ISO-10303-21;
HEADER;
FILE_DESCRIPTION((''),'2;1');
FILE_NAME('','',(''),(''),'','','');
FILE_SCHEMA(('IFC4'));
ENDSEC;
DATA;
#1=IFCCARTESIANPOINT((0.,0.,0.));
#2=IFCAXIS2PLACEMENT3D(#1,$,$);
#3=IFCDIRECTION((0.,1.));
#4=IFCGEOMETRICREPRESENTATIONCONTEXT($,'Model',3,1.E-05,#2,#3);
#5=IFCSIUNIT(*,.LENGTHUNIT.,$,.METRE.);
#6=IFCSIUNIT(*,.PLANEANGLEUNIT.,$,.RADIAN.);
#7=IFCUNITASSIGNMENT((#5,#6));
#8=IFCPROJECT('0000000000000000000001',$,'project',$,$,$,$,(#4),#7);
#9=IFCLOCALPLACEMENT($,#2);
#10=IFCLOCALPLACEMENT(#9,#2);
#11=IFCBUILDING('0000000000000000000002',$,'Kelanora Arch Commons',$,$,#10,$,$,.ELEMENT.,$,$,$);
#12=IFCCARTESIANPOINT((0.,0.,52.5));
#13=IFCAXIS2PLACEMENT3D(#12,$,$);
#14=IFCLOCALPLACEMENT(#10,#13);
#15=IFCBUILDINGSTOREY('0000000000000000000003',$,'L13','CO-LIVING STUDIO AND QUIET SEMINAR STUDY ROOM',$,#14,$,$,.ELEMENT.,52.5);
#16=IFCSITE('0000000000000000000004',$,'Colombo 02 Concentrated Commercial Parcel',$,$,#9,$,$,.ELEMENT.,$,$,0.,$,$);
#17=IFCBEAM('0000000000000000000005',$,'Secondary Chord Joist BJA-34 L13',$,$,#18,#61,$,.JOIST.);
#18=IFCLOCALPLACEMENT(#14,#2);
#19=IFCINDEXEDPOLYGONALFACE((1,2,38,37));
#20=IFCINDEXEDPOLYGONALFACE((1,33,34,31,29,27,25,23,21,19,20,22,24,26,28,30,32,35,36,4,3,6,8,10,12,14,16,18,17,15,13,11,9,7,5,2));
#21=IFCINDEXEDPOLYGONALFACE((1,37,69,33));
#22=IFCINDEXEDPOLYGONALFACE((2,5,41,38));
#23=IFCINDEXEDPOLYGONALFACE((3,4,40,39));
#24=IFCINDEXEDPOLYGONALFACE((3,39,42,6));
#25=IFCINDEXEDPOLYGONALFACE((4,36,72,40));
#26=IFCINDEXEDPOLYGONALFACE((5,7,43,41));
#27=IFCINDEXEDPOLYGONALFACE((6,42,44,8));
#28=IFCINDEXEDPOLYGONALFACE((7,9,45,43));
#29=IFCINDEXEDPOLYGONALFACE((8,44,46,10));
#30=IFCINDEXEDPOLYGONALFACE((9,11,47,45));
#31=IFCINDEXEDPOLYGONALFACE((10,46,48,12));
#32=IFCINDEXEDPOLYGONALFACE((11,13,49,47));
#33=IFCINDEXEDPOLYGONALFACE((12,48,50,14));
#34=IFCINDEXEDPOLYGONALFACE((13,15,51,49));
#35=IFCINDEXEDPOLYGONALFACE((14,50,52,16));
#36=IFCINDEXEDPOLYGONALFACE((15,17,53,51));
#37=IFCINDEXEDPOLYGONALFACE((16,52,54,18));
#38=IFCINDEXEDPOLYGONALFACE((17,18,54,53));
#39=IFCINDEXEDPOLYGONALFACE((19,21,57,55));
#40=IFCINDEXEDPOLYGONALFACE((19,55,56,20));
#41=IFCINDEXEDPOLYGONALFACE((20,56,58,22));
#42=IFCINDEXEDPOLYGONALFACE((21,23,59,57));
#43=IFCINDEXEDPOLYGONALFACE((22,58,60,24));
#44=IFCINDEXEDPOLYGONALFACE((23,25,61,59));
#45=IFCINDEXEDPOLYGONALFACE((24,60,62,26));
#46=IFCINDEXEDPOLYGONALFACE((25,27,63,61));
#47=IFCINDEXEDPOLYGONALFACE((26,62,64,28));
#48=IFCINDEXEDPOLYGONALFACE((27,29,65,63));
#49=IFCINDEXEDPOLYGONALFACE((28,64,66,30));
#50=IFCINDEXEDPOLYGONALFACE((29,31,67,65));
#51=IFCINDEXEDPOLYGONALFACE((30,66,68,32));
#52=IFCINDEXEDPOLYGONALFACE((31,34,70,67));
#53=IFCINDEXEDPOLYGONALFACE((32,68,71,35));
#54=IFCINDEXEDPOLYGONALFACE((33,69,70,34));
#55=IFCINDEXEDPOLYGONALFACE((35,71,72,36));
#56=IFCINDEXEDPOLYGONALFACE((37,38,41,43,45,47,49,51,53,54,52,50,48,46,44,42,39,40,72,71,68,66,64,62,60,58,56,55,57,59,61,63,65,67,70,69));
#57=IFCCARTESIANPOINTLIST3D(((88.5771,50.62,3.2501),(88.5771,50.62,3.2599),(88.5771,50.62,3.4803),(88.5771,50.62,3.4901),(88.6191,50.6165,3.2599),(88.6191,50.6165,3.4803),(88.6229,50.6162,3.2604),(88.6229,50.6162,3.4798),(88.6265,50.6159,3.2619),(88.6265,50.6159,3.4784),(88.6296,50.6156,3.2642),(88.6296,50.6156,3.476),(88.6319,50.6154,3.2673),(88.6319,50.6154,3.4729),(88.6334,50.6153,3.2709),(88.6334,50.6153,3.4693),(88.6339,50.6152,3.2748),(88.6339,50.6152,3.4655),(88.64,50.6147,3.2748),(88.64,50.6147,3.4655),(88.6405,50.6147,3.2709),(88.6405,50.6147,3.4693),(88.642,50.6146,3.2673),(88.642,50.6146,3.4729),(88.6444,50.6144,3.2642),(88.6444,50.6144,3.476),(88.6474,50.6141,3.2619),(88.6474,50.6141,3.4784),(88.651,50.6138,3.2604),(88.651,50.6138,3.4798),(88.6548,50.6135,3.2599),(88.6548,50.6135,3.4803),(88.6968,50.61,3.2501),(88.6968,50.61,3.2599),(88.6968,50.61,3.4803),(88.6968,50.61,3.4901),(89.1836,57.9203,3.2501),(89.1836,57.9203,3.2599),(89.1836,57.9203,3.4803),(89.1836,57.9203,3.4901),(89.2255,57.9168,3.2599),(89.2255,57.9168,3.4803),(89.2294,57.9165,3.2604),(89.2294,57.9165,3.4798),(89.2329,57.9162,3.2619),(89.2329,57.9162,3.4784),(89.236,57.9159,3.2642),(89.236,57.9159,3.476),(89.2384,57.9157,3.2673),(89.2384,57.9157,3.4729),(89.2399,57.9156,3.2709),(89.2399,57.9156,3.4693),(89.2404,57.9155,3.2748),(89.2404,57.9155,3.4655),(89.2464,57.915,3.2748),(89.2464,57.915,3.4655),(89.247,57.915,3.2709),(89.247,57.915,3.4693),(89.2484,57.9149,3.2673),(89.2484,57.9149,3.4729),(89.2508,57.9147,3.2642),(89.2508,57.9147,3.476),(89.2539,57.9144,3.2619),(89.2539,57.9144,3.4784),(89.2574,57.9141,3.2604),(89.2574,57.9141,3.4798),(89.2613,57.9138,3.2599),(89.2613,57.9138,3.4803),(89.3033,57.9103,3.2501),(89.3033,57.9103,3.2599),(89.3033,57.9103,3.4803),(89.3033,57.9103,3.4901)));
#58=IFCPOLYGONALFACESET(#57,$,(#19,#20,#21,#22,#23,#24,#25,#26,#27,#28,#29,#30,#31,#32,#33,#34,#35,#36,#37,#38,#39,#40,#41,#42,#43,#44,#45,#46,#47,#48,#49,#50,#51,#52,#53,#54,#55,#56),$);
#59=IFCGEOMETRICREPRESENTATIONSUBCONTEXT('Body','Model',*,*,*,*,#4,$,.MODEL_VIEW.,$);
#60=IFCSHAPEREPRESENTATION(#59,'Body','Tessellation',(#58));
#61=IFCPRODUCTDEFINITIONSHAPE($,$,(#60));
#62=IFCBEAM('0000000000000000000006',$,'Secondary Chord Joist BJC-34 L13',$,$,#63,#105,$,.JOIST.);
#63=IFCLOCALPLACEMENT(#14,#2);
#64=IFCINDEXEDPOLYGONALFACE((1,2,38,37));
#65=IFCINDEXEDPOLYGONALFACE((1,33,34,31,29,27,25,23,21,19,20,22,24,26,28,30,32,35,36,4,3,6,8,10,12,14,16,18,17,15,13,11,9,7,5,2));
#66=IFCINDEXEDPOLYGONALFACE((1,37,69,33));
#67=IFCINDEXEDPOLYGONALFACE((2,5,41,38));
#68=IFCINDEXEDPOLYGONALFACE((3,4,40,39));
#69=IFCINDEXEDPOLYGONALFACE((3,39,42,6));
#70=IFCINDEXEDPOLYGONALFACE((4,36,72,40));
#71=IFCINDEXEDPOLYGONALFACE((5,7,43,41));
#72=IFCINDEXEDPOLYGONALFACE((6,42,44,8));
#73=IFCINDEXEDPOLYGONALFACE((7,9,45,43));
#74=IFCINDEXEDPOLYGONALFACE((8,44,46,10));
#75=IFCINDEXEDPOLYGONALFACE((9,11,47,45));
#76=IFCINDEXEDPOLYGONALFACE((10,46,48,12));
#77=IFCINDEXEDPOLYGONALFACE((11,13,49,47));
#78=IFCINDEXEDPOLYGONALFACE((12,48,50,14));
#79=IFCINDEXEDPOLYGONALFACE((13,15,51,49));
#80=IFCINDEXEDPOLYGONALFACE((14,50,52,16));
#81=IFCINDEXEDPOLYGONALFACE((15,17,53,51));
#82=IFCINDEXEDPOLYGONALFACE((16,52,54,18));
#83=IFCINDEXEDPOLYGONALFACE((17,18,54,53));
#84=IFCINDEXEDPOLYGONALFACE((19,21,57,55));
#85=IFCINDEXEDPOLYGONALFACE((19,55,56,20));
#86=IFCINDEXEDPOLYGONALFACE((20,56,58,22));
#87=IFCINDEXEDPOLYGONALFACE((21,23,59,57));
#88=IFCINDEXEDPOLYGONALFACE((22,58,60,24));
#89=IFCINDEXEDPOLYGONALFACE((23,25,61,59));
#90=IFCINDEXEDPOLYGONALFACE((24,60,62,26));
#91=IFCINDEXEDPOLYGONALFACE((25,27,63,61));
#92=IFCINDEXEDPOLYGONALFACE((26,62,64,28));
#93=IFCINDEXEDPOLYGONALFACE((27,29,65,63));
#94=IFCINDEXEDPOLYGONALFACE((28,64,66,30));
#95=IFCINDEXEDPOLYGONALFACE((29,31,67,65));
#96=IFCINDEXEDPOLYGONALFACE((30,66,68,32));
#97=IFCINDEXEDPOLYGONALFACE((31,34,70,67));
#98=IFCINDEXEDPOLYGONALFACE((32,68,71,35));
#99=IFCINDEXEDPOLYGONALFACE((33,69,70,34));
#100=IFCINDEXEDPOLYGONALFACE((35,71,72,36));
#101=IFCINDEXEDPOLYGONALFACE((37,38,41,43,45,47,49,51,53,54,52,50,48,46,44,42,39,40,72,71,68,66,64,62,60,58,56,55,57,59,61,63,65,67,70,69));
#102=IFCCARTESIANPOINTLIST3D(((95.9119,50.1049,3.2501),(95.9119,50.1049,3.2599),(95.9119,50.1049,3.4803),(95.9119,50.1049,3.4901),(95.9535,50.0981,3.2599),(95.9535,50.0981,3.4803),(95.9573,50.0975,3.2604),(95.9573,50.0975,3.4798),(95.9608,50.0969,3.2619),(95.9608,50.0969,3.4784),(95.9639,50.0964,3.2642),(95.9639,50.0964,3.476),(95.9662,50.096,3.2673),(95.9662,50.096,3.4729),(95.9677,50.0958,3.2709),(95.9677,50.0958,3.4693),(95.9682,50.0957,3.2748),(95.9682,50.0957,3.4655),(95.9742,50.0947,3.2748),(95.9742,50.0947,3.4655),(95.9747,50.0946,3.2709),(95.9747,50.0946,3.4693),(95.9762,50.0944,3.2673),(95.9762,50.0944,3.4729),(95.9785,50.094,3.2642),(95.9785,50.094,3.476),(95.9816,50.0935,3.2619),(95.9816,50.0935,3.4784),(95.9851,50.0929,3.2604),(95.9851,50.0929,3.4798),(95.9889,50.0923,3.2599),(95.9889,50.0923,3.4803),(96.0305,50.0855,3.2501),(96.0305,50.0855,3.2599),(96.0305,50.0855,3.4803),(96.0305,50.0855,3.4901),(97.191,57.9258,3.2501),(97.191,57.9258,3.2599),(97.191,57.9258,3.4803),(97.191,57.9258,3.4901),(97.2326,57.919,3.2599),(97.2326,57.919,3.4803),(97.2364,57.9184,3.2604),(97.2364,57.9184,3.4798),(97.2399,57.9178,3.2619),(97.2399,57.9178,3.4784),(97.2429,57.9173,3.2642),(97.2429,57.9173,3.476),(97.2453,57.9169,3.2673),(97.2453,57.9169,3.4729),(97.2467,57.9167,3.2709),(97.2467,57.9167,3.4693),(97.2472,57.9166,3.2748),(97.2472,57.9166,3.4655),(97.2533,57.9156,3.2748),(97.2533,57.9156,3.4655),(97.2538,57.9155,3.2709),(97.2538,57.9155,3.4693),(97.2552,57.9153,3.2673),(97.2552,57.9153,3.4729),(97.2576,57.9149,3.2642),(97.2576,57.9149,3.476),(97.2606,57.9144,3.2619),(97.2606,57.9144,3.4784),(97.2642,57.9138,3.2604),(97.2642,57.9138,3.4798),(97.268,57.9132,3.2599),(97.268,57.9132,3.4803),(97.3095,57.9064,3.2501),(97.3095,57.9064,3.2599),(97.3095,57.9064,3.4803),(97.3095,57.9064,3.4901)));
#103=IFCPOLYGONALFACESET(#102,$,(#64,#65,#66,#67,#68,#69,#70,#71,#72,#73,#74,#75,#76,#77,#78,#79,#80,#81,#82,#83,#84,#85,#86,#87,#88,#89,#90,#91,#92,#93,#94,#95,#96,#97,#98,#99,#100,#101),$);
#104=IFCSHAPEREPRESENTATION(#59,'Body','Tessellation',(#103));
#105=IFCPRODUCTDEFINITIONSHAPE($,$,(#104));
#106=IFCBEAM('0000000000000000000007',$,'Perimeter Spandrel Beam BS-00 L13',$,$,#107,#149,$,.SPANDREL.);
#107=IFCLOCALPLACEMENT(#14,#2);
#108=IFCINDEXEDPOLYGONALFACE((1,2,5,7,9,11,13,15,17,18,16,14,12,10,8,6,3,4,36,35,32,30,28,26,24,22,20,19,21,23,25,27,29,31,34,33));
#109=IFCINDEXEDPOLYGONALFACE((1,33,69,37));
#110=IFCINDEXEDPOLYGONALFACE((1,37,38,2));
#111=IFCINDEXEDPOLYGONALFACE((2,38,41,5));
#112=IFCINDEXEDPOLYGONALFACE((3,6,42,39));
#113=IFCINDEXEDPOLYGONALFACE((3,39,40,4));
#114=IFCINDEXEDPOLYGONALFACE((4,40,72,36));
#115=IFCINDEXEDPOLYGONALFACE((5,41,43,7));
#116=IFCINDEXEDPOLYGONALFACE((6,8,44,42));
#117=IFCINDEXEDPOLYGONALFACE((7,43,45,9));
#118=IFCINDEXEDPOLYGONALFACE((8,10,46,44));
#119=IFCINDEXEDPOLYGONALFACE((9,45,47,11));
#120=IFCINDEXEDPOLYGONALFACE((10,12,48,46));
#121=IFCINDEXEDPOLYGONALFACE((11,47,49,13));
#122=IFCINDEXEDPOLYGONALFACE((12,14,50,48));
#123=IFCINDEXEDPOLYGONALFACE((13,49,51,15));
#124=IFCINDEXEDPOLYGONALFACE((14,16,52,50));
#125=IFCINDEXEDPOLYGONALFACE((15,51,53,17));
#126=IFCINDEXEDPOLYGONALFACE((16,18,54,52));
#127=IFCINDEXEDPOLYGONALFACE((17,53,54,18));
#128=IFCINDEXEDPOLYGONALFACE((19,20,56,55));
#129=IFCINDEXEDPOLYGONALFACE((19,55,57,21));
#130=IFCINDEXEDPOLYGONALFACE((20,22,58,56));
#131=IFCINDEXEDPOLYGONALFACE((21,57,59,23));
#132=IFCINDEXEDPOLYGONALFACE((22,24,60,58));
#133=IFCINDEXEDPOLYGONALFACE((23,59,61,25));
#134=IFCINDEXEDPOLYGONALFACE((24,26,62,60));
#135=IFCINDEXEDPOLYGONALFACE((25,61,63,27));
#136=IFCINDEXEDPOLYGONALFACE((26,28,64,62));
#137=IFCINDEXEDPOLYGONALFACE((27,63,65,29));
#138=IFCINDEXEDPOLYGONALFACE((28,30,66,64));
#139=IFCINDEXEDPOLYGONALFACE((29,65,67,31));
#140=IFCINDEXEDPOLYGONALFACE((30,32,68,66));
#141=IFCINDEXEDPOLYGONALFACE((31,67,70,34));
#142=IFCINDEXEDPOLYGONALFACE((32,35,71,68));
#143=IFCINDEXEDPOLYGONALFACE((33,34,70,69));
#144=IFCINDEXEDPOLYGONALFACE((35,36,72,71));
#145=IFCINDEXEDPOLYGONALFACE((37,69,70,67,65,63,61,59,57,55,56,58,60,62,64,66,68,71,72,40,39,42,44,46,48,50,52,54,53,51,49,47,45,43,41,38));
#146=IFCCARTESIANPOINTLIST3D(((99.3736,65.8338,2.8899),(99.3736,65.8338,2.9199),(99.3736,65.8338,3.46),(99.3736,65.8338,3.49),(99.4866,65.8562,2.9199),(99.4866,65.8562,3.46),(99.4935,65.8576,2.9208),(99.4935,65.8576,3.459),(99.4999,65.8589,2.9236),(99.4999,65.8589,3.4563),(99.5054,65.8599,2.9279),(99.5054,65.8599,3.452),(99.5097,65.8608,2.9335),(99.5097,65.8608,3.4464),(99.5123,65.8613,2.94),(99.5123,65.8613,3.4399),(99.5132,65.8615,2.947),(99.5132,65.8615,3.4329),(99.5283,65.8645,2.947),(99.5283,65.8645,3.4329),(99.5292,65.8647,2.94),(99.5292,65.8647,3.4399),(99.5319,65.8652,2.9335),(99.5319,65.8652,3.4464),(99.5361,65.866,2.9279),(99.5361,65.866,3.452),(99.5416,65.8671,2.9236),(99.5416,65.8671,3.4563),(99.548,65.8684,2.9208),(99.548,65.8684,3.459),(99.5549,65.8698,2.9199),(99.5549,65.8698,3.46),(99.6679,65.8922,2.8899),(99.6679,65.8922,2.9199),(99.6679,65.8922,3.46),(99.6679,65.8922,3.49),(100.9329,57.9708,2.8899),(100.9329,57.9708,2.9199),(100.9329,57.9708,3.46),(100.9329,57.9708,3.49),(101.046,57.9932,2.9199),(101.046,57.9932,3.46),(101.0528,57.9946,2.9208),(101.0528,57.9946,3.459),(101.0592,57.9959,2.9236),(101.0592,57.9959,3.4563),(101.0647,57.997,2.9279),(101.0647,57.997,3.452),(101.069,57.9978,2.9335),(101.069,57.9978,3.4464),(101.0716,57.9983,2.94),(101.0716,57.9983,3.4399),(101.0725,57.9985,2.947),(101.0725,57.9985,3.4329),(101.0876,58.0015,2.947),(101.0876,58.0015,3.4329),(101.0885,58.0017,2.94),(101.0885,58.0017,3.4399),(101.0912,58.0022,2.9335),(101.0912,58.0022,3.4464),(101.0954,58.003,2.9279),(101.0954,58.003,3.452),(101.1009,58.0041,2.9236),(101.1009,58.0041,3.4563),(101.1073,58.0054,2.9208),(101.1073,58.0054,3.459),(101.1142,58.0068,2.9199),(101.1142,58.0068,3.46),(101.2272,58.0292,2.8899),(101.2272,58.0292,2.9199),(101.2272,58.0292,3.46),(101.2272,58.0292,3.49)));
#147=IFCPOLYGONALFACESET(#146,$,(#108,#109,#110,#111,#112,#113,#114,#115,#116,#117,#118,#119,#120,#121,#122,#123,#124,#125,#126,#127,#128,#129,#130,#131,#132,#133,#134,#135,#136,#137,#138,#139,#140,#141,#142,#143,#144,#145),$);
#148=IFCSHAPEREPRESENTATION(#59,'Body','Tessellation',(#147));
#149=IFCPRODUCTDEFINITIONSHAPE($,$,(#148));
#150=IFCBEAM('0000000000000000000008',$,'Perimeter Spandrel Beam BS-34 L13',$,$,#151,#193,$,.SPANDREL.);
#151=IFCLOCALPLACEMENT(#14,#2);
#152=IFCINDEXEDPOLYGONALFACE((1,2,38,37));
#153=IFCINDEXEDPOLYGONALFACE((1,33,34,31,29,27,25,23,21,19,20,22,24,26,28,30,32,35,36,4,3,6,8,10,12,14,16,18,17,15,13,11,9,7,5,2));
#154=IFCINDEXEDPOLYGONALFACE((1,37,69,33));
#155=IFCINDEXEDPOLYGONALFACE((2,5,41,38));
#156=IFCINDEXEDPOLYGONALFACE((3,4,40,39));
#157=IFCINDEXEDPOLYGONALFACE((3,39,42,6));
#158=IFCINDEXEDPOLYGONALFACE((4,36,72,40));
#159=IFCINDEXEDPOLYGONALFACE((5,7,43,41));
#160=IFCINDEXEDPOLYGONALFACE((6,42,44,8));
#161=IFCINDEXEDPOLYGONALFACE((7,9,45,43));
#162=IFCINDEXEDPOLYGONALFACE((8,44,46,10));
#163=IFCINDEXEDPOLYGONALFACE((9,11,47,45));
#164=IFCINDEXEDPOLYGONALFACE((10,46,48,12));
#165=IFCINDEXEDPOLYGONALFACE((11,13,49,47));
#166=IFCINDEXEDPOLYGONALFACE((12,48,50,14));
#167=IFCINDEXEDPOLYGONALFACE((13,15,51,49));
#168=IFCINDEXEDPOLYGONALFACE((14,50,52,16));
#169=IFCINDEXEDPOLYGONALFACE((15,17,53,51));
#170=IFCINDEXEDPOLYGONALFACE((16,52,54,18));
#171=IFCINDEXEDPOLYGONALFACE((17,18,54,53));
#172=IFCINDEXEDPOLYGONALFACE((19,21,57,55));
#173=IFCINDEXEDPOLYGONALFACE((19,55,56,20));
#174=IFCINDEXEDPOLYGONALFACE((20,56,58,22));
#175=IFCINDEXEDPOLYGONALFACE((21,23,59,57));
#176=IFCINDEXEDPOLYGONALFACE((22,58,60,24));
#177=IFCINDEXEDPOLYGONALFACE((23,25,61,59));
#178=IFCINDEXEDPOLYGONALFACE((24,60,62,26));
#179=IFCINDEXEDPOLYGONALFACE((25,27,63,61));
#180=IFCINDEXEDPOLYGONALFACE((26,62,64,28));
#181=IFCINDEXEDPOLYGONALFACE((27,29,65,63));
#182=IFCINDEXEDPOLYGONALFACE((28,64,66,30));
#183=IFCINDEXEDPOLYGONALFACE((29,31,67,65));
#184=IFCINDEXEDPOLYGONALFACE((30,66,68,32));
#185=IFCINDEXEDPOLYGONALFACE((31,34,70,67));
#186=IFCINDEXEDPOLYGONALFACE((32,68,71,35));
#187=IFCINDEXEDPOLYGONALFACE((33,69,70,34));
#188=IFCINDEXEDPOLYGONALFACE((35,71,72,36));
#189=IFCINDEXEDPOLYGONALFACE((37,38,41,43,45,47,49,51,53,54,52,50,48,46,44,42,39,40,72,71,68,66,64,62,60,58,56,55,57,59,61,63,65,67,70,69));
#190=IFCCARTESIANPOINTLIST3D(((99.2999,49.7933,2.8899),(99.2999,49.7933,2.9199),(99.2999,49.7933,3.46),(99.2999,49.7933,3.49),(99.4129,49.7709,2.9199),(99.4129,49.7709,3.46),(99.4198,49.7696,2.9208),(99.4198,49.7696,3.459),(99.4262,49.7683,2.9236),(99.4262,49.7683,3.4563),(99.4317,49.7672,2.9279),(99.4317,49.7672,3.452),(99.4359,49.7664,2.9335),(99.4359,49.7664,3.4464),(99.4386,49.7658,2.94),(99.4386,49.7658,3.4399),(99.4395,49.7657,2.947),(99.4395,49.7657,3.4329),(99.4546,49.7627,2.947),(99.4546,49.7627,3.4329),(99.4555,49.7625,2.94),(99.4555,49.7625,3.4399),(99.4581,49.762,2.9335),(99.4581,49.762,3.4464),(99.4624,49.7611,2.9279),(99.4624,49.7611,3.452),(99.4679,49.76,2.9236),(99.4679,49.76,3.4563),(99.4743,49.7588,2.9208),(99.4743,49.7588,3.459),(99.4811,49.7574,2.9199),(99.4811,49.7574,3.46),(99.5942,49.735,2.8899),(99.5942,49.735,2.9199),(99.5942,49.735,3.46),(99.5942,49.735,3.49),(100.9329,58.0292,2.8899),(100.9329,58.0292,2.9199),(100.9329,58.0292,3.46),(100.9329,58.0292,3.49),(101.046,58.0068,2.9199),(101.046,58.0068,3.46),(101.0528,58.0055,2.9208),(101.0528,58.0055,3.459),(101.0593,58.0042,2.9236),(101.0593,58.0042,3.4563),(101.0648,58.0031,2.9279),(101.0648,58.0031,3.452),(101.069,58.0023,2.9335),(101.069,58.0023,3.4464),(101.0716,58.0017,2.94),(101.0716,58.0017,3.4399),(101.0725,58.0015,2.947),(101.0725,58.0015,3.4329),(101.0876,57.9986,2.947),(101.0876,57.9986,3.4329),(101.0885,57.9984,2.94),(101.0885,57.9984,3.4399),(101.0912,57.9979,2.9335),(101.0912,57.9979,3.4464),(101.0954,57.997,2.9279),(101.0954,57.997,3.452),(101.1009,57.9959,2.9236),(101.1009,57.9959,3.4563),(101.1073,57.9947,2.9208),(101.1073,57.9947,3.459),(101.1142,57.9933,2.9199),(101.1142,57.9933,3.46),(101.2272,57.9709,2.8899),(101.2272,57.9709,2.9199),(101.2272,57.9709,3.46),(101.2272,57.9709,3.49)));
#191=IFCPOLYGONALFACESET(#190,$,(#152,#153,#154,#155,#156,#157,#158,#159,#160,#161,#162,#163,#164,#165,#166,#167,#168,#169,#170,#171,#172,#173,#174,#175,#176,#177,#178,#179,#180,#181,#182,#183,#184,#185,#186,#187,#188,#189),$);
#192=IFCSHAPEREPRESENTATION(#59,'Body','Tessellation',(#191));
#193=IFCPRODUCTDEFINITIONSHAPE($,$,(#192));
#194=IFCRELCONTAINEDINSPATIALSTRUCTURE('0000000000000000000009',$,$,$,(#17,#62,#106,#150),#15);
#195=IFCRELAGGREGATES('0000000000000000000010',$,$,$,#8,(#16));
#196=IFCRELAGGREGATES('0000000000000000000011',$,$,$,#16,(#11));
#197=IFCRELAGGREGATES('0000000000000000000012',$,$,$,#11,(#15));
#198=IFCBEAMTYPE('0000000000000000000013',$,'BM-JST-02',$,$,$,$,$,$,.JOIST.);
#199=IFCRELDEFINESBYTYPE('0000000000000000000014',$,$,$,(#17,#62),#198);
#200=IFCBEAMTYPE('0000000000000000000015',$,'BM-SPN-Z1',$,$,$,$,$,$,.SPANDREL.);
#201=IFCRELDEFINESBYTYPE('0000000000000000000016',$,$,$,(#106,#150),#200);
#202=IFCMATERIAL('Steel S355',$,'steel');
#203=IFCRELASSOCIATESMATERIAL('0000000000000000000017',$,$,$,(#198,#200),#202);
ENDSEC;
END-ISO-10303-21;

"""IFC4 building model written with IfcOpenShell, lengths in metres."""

from ifc_helpers import new_model, si_unit, direction, frame, origin, origin_2d, place, context, subcontext, project, spatial, i_section, extrude, material, material_profile, profile_set, type_object, element, save


model = new_model("IFC4")

# Units and contexts
model_context = context("Model", 3, precision=1e-05, world=origin(), true_north=direction((0.0, 1.0)))
body_context = subcontext(model_context, "Body", "Model", "MODEL_VIEW")
ifc_project = project(units=[si_unit("LENGTHUNIT", "METRE"), si_unit("PLANEANGLEUNIT", "RADIAN")], contexts=[model_context])

# Site, building, storey
site_placement = place(None, origin())
site = spatial("IfcSite", under=ifc_project, at=site_placement, Name="Colombo 02 Concentrated Commercial Parcel", CompositionType="ELEMENT", RefElevation=0.0)
building_placement = place(site_placement, origin())
building = spatial("IfcBuilding", under=site, at=building_placement, Name="Kelanora Arch Commons", CompositionType="ELEMENT")
storey_placement = place(building_placement, frame((0.0, 0.0, 52.5)))
storey = spatial("IfcBuildingStorey", under=building, at=storey_placement, Name="L13", Description="CO-LIVING STUDIO AND QUIET SEMINAR STUDY ROOM", CompositionType="ELEMENT", Elevation=52.5)

# Beams
ifc_material_1 = material(Name="Steel S355", Category="steel")
ifc_material_profile_1 = material_profile(ifc_material_1, i_section(OverallWidth=0.1201, OverallDepth=0.24, WebThickness=0.0061, FlangeThickness=0.0098, FilletRadius=0.0149, at=origin_2d()), Name="IPE240")
ifc_profile_set_1 = profile_set([ifc_material_profile_1], Name="Steel S355")
beam_type_1 = type_object("IfcBeamType", Name="BM-JST-02", PredefinedType="JOIST", material=ifc_profile_set_1)
beam_1_placement = place(storey_placement, frame((88.637, 50.615, 3.3701), z_axis=(0.082786, 0.996567, 0.0), x_axis=(-0.996567, 0.082786, 0.0)))
element("IfcBeam", 1, at=beam_1_placement, inside=storey, type_object=beam_type_1, Name="Secondary Chord Joist BJA-34 L13", PredefinedType="JOIST", context=body_context, shape_type="SweptSolid", body=[
    extrude(i_section(OverallWidth=0.1201, OverallDepth=0.24, WebThickness=0.0061, FlangeThickness=0.0098, FilletRadius=0.0149, at=origin_2d()), origin(), (0.0, 0.0, 1.0), 7.3254),
])
beam_2_placement = place(storey_placement, frame((95.9712, 50.0952, 3.3701), z_axis=(0.161401, 0.986889, 0.0), x_axis=(-0.986889, 0.161401, 0.0)))
element("IfcBeam", 2, at=beam_2_placement, inside=storey, type_object=beam_type_1, Name="Secondary Chord Joist BJC-34 L13", PredefinedType="JOIST", context=body_context, shape_type="SweptSolid", body=[
    extrude(i_section(OverallWidth=0.1201, OverallDepth=0.24, WebThickness=0.0061, FlangeThickness=0.0098, FilletRadius=0.0149, at=origin_2d()), origin(), (0.0, 0.0, 1.0), 7.9248),
])
ifc_material_profile_2 = material_profile(ifc_material_1, i_section(OverallWidth=0.3, OverallDepth=0.6001, WebThickness=0.0154, FlangeThickness=0.03, FilletRadius=0.0271, at=origin_2d()), Name="HEB600")
ifc_profile_set_2 = profile_set([ifc_material_profile_2], Name="Steel S355")
beam_type_2 = type_object("IfcBeamType", Name="BM-SPN-Z1", PredefinedType="SPANDREL", material=ifc_profile_set_2)
beam_3_placement = place(storey_placement, frame((101.0801, 58.0, 3.1899), z_axis=(-0.194523, 0.980898, 0.0), x_axis=(-0.980898, -0.194523, 0.0)))
element("IfcBeam", 3, at=beam_3_placement, inside=storey, type_object=beam_type_2, Name="Perimeter Spandrel Beam BS-00 L13", PredefinedType="SPANDREL", context=body_context, shape_type="SweptSolid", body=[
    extrude(i_section(OverallWidth=0.3, OverallDepth=0.6001, WebThickness=0.0154, FlangeThickness=0.03, FilletRadius=0.0271, at=origin_2d()), origin(), (0.0, 0.0, 1.0), 8.0161),
])
beam_4_placement = place(storey_placement, frame((99.447, 49.7642, 3.1899), z_axis=(0.1945, 0.980903, 0.0), x_axis=(-0.980903, 0.1945, 0.0)))
element("IfcBeam", 4, at=beam_4_placement, inside=storey, type_object=beam_type_2, Name="Perimeter Spandrel Beam BS-34 L13", PredefinedType="SPANDREL", context=body_context, shape_type="SweptSolid", body=[
    extrude(i_section(OverallWidth=0.3, OverallDepth=0.6001, WebThickness=0.0154, FlangeThickness=0.03, FilletRadius=0.0271, at=origin_2d()), origin(), (0.0, 0.0, 1.0), 8.3962),
])

save(model, "model.ifc")
